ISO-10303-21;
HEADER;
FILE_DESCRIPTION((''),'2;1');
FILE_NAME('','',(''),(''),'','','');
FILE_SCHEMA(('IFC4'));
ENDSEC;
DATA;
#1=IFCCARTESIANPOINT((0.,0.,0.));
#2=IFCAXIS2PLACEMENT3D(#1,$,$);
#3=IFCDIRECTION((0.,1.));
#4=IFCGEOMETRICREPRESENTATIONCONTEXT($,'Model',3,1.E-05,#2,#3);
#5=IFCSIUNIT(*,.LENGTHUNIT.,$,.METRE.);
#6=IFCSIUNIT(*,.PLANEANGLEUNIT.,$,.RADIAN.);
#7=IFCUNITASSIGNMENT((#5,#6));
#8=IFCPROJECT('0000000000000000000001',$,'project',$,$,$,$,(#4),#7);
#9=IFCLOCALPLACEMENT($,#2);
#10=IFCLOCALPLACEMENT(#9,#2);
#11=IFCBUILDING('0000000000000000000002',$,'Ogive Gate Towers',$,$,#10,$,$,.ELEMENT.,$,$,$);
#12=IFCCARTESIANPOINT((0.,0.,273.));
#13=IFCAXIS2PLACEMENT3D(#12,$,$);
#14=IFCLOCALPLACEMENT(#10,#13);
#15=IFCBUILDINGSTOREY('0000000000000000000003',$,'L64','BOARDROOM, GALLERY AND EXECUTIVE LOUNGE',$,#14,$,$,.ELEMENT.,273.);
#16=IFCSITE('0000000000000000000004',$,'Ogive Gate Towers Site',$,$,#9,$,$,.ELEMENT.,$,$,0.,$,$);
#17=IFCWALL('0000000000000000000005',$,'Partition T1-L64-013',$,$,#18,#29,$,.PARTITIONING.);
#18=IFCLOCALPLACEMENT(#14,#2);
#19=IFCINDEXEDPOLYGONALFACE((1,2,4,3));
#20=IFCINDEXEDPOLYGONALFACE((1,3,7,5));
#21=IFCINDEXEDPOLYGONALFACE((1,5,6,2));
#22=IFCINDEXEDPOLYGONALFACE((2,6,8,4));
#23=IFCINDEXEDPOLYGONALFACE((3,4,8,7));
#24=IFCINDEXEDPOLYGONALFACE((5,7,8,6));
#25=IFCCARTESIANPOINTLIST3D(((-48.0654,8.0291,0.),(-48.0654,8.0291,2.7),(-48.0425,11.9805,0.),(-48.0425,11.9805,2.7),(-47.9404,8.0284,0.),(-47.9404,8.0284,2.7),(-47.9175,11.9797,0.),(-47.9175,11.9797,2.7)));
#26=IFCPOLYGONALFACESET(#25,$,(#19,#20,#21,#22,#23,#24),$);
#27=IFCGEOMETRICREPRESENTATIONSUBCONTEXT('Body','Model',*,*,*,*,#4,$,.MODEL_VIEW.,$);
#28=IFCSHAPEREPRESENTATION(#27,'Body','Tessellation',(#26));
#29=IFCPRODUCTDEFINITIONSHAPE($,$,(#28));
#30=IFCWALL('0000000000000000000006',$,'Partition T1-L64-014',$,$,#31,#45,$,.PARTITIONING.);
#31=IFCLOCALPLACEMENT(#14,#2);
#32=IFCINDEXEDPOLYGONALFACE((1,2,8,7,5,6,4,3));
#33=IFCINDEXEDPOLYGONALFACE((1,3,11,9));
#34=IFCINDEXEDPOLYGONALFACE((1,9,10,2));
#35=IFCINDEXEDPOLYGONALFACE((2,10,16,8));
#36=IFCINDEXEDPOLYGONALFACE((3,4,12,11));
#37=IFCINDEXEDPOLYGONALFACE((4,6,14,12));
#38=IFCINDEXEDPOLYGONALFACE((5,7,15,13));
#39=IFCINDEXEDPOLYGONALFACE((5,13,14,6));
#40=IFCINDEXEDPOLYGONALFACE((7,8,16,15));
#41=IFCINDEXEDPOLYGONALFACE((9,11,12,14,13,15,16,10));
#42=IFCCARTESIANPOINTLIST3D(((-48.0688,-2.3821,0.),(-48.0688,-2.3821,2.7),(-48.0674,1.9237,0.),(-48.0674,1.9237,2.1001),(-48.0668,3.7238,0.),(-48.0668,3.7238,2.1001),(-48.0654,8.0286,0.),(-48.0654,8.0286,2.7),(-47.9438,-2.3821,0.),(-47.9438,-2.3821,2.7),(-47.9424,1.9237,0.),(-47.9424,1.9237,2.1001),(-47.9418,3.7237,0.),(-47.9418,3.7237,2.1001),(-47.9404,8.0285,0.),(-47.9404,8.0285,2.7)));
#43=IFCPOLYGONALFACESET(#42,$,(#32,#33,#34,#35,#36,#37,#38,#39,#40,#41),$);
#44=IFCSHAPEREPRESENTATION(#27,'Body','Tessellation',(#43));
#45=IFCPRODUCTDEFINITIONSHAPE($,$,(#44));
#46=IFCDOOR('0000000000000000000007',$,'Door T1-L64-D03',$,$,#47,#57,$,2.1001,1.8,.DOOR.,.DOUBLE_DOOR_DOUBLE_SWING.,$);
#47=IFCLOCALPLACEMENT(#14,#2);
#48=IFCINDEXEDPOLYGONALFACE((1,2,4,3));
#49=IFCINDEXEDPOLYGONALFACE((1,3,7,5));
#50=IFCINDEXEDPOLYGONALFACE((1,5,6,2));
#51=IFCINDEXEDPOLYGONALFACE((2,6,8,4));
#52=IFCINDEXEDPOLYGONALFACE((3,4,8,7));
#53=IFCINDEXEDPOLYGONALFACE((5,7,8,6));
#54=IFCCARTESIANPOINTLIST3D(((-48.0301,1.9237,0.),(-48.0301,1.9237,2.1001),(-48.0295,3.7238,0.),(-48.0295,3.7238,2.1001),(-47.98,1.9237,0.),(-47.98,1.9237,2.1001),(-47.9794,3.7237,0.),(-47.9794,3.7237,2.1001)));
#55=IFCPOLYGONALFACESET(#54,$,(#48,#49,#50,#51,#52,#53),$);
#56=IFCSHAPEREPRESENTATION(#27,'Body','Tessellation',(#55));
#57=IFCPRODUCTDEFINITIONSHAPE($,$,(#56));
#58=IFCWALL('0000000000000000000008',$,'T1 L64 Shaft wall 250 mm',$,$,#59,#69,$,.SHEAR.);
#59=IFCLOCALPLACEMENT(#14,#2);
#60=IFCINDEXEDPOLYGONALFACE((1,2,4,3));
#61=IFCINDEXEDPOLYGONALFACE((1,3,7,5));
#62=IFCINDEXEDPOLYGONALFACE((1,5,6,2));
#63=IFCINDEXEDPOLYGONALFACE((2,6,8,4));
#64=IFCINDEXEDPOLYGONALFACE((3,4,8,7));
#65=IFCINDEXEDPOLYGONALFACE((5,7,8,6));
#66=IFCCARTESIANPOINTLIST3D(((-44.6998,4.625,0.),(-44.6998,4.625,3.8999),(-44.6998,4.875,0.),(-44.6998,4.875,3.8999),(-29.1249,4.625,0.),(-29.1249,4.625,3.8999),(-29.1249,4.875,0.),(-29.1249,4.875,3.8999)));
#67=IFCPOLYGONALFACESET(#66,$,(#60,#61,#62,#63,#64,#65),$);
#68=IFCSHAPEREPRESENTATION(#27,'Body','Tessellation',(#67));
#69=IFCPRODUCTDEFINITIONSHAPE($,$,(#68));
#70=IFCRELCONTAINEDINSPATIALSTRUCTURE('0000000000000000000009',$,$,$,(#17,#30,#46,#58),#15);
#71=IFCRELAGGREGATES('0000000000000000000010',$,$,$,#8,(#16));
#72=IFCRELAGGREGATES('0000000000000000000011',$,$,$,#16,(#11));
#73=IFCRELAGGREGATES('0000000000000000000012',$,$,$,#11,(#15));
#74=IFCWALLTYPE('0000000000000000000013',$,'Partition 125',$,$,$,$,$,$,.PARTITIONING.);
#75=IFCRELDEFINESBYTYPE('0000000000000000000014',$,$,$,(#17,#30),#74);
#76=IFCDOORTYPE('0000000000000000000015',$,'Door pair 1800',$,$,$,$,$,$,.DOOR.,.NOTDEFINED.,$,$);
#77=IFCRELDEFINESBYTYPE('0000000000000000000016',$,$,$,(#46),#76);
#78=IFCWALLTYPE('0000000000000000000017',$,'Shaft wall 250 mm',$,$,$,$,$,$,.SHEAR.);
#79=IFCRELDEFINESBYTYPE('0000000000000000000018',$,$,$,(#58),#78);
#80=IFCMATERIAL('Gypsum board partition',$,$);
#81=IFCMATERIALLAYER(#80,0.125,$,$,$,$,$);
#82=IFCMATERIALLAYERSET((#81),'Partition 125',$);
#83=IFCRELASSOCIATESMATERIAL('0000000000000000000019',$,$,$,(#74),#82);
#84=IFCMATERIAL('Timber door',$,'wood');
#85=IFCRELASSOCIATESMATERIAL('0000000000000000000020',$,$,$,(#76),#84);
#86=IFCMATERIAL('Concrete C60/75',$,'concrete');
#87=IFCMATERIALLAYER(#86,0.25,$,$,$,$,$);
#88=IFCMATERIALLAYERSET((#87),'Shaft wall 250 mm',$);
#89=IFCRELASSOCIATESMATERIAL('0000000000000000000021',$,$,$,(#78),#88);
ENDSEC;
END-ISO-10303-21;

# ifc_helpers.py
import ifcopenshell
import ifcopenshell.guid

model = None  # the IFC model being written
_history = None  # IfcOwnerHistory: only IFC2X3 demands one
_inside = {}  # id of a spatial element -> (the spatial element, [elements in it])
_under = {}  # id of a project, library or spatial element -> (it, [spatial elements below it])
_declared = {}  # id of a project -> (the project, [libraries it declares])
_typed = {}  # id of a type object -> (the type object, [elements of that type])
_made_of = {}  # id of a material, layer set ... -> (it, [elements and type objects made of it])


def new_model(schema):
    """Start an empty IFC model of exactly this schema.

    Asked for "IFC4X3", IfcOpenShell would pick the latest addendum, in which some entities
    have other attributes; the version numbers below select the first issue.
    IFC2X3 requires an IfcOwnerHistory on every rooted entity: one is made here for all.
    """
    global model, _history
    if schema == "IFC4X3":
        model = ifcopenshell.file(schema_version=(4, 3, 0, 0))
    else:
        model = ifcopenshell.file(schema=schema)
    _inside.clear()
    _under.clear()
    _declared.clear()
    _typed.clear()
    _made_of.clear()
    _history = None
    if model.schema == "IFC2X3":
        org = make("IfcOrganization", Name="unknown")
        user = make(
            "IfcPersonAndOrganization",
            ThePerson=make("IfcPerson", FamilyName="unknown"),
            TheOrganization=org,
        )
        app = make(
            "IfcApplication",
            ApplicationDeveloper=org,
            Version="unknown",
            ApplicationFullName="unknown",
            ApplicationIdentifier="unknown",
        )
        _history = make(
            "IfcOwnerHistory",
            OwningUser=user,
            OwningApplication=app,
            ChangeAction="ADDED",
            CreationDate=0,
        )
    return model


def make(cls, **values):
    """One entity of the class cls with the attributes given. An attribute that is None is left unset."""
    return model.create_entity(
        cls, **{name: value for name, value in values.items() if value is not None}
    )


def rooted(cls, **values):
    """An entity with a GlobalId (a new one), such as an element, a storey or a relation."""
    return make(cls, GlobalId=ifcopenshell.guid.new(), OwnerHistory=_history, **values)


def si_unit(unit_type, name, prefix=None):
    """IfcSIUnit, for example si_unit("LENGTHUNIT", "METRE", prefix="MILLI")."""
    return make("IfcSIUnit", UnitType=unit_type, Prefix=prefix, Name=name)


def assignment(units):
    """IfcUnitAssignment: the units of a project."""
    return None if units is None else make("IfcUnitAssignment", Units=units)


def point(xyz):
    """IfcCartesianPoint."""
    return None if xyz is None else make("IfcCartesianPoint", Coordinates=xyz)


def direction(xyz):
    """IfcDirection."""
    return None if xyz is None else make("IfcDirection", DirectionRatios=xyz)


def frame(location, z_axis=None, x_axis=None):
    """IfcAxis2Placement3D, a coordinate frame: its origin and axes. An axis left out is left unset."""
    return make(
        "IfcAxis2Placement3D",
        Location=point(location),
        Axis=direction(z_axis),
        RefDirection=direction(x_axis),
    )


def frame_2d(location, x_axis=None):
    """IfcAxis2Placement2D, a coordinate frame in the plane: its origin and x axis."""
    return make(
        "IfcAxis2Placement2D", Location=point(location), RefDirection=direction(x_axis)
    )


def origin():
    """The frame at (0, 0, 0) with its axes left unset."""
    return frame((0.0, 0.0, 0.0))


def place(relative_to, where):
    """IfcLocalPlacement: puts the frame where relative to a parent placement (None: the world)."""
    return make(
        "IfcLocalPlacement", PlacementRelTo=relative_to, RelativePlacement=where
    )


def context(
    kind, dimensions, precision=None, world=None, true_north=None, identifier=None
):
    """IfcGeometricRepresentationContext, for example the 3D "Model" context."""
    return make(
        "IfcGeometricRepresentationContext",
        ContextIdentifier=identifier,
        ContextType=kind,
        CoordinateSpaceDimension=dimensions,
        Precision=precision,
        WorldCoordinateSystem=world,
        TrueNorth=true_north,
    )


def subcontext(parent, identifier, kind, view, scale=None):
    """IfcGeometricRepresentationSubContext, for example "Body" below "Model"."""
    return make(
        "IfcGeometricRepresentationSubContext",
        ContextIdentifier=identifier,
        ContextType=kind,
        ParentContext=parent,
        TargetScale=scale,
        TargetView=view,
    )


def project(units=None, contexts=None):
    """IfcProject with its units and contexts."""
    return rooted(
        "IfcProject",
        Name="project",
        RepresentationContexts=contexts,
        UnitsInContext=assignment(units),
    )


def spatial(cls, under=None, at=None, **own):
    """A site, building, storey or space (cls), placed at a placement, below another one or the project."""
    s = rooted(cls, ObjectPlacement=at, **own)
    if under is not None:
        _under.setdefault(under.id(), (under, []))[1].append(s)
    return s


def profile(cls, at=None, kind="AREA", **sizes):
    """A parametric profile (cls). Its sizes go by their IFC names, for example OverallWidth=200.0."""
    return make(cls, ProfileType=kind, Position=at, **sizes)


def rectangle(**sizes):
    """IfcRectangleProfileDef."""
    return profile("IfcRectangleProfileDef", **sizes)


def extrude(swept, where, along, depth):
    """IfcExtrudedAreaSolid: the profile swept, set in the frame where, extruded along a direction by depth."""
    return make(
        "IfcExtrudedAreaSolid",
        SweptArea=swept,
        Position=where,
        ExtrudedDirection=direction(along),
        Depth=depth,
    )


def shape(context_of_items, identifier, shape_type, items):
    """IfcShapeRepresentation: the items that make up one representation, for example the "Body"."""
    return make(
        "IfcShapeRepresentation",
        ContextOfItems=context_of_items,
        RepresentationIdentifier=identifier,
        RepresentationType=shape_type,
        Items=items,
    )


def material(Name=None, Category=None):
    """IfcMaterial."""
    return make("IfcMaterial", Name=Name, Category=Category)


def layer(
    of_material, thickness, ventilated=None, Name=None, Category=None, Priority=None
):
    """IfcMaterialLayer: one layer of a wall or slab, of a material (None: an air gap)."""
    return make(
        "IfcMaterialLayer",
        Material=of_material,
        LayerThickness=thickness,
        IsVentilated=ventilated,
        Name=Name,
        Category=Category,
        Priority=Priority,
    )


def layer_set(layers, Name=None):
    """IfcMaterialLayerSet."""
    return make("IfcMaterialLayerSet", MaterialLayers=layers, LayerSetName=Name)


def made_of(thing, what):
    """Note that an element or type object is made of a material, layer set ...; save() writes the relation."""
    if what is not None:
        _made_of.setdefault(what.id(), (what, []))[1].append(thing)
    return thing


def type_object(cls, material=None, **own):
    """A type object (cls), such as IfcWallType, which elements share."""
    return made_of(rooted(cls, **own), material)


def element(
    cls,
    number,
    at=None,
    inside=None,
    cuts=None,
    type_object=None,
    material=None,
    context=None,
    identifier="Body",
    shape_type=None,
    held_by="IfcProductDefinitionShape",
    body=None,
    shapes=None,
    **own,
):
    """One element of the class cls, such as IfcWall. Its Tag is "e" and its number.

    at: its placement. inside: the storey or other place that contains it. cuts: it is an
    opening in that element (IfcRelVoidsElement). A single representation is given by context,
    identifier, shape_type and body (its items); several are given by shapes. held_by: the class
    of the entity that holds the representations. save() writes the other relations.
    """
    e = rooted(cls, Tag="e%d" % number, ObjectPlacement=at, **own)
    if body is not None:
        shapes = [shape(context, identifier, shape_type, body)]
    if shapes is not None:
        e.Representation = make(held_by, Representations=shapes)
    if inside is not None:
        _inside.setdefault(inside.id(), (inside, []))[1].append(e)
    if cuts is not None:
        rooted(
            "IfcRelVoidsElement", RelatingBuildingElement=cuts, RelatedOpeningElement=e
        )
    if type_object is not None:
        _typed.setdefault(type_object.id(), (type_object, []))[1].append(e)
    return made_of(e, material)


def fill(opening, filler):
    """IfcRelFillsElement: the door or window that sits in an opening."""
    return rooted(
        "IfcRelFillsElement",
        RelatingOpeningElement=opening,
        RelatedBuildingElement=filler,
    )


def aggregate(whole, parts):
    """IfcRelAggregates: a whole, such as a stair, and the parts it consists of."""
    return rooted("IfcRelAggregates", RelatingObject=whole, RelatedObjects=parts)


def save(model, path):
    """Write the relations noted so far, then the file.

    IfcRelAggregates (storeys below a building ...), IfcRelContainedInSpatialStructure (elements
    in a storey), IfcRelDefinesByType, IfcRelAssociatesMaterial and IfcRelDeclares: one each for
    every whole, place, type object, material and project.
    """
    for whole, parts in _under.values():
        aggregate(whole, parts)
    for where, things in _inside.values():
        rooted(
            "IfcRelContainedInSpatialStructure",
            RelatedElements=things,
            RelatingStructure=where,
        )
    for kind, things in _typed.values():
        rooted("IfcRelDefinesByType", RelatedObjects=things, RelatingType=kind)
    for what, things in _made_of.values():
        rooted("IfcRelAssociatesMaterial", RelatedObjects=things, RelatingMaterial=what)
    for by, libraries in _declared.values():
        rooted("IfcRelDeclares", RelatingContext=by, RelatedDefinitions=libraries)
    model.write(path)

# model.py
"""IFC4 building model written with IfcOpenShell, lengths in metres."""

from ifc_helpers import new_model, si_unit, direction, frame, frame_2d, origin, place, context, subcontext, project, spatial, rectangle, extrude, material, layer, layer_set, type_object, element, fill, save


model = new_model("IFC4")

# Units and contexts
model_context = context("Model", 3, precision=1e-05, world=origin(), true_north=direction((0.0, 1.0)))
body_context = subcontext(model_context, "Body", "Model", "MODEL_VIEW")
ifc_project = project(units=[si_unit("LENGTHUNIT", "METRE"), si_unit("PLANEANGLEUNIT", "RADIAN")], contexts=[model_context])

# Site, building, storey
site_placement = place(None, origin())
site = spatial("IfcSite", under=ifc_project, at=site_placement, Name="Ogive Gate Towers Site", CompositionType="ELEMENT", RefElevation=0.0)
building_placement = place(site_placement, origin())
building = spatial("IfcBuilding", under=site, at=building_placement, Name="Ogive Gate Towers", CompositionType="ELEMENT")
storey_placement = place(building_placement, frame((0.0, 0.0, 273.0)))
storey = spatial("IfcBuildingStorey", under=building, at=storey_placement, Name="L64", Description="BOARDROOM, GALLERY AND EXECUTIVE LOUNGE", CompositionType="ELEMENT", Elevation=273.0)

# Shared definitions
ifc_material_1 = material(Name="Concrete C60/75", Category="concrete")
ifc_material_2 = material(Name="Timber door", Category="wood")

# Wall
ifc_material_3 = material(Name="Gypsum board partition")
ifc_layer_1 = layer(ifc_material_3, 0.125)
ifc_layer_set_1 = layer_set([ifc_layer_1], Name="Partition 125")
wall_type_1 = type_object("IfcWallType", Name="Partition 125", PredefinedType="PARTITIONING", material=ifc_layer_set_1)
wall_1_placement = place(storey_placement, frame((-47.98, 11.98, 0.0), z_axis=(0.0, 0.0, 1.0), x_axis=(-0.005808, -0.999983, 0.0)))
element("IfcWall", 1, at=wall_1_placement, inside=storey, type_object=wall_type_1, Name="Partition T1-L64-013", PredefinedType="PARTITIONING", context=body_context, shape_type="SweptSolid", body=[
    extrude(rectangle(XDim=3.9514, YDim=0.125, at=frame_2d((1.9756, 0.0))), origin(), (0.0, 0.0, 1.0), 2.7),
])

# Wall, opening, door
wall_2_placement = place(storey_placement, frame((-48.0029, 8.0286, 0.0), z_axis=(0.0, 0.0, 1.0), x_axis=(-0.000328, -1.0, 0.0)))
wall_2 = element("IfcWall", 2, at=wall_2_placement, inside=storey, type_object=wall_type_1, Name="Partition T1-L64-014", PredefinedType="PARTITIONING", context=body_context, shape_type="SweptSolid", body=[
    extrude(rectangle(XDim=10.4106, YDim=0.125, at=frame_2d((5.2053, 0.0))), origin(), (0.0, 0.0, 1.0), 2.7),
])
opening_1_placement = place(wall_2_placement, frame((4.3049, 0.0, 0.0)))
opening_1 = element("IfcOpeningElement", 3, at=opening_1_placement, cuts=wall_2, PredefinedType="OPENING", context=body_context, shape_type="SweptSolid", body=[
    extrude(rectangle(XDim=1.8, YDim=2.1001, at=frame_2d((0.8999, 1.05))), frame((0.0, 0.0725, 0.0), z_axis=(0.0, -1.0, 0.0), x_axis=(1.0, 0.0, 0.0)), (0.0, 0.0, 1.0), 0.145),
])
door_type_1 = type_object("IfcDoorType", Name="Door pair 1800", OperationType="NOTDEFINED", PredefinedType="DOOR", material=ifc_material_2)
door_1_placement = place(opening_1_placement, origin())
door_1 = element("IfcDoor", 4, at=door_1_placement, inside=storey, type_object=door_type_1, Name="Door T1-L64-D03", OperationType="DOUBLE_DOOR_DOUBLE_SWING", OverallHeight=2.1001, OverallWidth=1.8, PredefinedType="DOOR", context=body_context, shape_type="SweptSolid", body=[
    extrude(rectangle(XDim=1.8, YDim=2.1001, at=frame_2d((0.8999, 1.05))), frame((0.0, 0.0249, 0.0), z_axis=(0.0, -1.0, 0.0), x_axis=(1.0, 0.0, 0.0)), (0.0, 0.0, 1.0), 0.05),
])
fill(opening_1, door_1)

# Wall
ifc_layer_2 = layer(ifc_material_1, 0.25)
ifc_layer_set_2 = layer_set([ifc_layer_2], Name="Shaft wall 250 mm")
wall_type_2 = type_object("IfcWallType", Name="Shaft wall 250 mm", PredefinedType="SHEAR", material=ifc_layer_set_2)
wall_3_placement = place(storey_placement, frame((-44.7, 4.75, 0.0), z_axis=(0.0, 0.0, 1.0), x_axis=(1.0, 0.0, 0.0)))
element("IfcWall", 5, at=wall_3_placement, inside=storey, type_object=wall_type_2, Name="T1 L64 Shaft wall 250 mm", PredefinedType="SHEAR", context=body_context, shape_type="SweptSolid", body=[
    extrude(rectangle(XDim=15.575, YDim=0.25, at=frame_2d((7.7876, 0.0))), origin(), (0.0, 0.0, 1.0), 3.8999),
])

save(model, "model.ifc")
